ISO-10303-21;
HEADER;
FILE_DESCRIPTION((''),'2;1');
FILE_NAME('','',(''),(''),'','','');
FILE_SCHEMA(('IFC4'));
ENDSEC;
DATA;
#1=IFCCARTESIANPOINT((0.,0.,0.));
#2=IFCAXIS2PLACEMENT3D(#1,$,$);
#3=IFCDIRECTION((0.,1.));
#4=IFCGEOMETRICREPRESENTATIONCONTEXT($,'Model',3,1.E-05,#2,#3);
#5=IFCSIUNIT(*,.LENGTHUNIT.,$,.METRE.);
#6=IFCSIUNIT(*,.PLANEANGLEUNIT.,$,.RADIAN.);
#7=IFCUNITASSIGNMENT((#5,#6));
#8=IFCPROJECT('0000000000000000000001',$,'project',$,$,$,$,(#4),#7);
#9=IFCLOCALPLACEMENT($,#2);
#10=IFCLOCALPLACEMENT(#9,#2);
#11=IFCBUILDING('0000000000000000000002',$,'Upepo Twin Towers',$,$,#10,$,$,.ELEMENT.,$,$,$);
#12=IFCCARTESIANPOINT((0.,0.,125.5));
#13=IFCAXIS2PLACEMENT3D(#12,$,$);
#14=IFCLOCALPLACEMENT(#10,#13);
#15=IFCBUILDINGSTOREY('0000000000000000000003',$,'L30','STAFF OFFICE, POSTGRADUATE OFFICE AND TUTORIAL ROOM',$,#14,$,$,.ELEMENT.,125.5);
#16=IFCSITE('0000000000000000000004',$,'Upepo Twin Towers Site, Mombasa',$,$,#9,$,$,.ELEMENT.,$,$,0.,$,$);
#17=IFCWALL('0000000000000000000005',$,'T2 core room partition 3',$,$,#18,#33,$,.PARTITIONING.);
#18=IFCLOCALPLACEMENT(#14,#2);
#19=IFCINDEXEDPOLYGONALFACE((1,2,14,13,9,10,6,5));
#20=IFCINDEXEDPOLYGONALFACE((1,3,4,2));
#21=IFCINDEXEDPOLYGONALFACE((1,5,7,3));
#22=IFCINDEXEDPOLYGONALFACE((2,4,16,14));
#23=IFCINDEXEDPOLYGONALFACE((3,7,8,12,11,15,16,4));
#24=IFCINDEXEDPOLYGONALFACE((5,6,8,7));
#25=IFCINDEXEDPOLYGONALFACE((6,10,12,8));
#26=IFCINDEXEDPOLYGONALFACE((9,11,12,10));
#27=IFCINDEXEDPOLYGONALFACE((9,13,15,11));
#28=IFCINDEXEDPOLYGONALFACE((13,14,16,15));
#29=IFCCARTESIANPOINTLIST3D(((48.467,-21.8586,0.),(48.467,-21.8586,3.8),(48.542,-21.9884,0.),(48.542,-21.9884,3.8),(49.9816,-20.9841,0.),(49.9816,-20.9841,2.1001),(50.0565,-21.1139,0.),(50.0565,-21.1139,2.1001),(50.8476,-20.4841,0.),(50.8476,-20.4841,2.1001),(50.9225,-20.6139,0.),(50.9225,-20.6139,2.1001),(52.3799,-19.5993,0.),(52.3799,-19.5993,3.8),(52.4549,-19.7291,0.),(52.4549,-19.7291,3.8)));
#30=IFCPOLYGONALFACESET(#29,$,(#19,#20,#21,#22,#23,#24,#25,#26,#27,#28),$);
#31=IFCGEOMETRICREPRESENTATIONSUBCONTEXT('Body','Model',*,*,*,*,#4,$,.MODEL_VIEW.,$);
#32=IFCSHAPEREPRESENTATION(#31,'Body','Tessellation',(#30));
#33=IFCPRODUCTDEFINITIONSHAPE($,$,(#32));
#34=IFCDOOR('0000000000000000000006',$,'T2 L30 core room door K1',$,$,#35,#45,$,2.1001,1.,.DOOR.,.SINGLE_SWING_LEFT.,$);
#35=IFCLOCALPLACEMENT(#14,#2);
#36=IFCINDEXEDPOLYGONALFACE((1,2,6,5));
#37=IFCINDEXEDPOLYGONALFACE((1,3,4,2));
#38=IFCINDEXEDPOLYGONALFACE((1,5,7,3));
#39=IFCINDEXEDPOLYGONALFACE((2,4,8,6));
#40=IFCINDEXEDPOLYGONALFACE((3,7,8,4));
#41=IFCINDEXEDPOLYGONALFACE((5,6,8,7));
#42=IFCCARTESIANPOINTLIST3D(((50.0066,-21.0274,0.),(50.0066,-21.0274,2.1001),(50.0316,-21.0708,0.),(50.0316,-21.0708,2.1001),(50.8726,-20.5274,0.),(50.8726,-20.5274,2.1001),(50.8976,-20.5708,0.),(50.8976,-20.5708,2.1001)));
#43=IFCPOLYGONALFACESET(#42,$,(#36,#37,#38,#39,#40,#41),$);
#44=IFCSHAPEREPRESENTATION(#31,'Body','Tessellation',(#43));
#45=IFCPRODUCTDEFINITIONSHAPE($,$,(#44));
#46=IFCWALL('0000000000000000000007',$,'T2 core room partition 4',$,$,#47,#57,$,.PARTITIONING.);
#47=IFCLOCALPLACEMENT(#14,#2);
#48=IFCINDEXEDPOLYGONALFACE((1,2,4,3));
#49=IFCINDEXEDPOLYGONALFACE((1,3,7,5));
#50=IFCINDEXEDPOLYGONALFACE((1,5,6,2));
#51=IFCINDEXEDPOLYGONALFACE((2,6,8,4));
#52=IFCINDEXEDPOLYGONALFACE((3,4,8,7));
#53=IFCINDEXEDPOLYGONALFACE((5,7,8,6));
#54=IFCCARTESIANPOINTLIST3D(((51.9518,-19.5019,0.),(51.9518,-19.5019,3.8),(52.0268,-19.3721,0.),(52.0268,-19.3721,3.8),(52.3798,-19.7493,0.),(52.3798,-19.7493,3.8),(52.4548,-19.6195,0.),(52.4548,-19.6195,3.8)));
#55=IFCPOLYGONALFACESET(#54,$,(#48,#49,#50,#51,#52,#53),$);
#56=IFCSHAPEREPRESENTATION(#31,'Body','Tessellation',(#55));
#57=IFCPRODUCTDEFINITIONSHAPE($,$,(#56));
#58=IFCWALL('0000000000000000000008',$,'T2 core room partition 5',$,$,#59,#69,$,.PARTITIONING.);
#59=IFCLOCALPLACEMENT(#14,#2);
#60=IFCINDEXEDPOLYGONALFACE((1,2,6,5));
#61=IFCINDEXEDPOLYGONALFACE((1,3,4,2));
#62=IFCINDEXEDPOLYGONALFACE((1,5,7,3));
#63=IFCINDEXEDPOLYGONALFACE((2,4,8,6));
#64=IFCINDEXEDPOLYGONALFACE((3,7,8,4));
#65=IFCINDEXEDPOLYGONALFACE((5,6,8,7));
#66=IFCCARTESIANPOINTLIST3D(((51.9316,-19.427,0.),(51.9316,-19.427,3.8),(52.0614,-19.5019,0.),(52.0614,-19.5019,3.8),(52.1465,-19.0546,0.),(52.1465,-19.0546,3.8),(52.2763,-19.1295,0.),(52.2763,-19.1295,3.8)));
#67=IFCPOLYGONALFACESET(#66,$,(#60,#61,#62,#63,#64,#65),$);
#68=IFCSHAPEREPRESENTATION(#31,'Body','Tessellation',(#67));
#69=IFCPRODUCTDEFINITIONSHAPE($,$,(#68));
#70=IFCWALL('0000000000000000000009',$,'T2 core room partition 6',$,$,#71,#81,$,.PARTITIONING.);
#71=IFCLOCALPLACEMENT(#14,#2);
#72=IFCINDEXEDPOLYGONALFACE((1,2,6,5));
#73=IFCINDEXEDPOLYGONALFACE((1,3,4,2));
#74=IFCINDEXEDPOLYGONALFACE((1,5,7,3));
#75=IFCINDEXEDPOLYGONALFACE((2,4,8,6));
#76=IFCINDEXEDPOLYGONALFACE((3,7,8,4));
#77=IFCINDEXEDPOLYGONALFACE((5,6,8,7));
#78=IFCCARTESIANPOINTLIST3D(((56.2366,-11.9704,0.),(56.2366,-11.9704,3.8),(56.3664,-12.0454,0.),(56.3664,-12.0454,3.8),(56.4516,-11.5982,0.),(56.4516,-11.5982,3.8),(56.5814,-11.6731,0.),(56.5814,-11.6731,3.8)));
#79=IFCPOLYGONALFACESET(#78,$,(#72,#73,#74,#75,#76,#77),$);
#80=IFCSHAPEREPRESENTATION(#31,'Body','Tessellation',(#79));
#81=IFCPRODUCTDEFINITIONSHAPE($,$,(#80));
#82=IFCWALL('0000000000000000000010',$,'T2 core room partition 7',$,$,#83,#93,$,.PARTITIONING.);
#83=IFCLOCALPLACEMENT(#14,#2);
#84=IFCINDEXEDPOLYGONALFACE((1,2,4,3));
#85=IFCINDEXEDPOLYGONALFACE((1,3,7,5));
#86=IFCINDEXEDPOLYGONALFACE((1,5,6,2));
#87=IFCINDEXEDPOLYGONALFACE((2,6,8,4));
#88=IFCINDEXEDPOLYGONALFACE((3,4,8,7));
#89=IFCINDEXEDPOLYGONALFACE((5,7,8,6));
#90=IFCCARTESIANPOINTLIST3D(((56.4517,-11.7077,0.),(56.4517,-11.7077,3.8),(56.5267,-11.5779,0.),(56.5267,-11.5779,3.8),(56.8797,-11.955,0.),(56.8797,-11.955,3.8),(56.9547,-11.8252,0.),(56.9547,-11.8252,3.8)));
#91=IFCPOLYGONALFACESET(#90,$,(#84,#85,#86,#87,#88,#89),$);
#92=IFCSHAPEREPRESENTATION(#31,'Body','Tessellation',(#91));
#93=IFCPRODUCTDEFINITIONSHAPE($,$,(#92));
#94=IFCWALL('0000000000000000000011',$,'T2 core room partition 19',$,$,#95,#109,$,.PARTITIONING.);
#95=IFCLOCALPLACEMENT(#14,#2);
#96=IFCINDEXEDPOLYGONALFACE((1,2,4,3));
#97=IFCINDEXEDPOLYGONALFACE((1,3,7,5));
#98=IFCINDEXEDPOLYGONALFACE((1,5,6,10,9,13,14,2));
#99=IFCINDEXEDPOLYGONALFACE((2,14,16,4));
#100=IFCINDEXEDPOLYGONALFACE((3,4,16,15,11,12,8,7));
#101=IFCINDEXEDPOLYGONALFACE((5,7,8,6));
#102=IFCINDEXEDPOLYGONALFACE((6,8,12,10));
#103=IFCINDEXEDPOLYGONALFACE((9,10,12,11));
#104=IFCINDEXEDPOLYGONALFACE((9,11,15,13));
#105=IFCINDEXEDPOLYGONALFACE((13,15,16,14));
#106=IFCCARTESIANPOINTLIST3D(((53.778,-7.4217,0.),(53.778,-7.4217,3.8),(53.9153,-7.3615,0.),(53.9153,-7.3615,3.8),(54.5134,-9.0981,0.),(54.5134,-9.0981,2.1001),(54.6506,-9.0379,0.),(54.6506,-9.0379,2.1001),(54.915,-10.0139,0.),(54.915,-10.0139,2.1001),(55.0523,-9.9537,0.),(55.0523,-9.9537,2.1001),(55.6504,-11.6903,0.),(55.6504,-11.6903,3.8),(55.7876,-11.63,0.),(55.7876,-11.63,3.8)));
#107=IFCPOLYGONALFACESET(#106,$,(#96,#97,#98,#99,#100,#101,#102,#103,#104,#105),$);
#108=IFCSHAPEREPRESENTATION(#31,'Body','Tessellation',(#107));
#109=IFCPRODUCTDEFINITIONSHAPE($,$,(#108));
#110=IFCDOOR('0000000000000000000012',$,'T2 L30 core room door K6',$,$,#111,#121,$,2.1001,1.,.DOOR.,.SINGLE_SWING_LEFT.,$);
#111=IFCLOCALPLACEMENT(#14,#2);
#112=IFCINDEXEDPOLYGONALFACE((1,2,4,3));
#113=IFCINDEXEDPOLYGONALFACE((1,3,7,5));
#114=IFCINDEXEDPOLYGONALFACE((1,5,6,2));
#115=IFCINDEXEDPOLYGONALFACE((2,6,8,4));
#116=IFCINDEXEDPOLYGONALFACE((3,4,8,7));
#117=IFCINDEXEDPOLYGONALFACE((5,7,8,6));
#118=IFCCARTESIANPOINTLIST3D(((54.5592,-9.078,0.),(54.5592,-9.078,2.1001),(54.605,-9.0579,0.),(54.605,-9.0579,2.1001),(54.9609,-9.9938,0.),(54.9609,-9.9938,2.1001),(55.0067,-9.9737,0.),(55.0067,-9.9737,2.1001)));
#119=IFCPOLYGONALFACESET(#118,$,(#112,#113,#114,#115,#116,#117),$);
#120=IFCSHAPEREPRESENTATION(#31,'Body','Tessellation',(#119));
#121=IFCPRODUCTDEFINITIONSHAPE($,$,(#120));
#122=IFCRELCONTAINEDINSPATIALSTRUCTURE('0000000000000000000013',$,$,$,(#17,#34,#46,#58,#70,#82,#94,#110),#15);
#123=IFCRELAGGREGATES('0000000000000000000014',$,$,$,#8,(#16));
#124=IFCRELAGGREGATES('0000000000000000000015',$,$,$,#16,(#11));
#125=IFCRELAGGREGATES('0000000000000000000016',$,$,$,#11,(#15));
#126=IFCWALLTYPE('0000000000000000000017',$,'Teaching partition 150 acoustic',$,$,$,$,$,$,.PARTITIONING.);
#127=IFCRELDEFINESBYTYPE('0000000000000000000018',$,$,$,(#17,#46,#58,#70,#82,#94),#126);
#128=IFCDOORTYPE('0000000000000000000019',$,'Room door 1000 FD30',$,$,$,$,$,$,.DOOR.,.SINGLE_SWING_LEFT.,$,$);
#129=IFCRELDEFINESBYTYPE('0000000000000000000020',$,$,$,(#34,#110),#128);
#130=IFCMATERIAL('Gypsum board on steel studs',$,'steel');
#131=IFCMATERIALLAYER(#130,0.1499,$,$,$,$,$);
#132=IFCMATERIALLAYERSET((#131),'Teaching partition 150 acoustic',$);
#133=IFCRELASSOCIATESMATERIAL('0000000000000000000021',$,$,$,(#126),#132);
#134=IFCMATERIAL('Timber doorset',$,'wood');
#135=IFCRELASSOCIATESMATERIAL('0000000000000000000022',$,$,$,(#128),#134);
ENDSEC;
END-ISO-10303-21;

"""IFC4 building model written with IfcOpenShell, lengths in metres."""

from ifc_helpers import new_model, si_unit, direction, frame, frame_2d, origin, place, context, subcontext, project, spatial, rectangle, extrude, material, layer, layer_set, type_object, element, fill, save


model = new_model("IFC4")

# Units and contexts
model_context = context("Model", 3, precision=1e-05, world=origin(), true_north=direction((0.0, 1.0)))
body_context = subcontext(model_context, "Body", "Model", "MODEL_VIEW")
ifc_project = project(units=[si_unit("LENGTHUNIT", "METRE"), si_unit("PLANEANGLEUNIT", "RADIAN")], contexts=[model_context])

# Site, building, storey
site_placement = place(None, origin())
site = spatial("IfcSite", under=ifc_project, at=site_placement, Name="Upepo Twin Towers Site, Mombasa", CompositionType="ELEMENT", RefElevation=0.0)
building_placement = place(site_placement, origin())
building = spatial("IfcBuilding", under=site, at=building_placement, Name="Upepo Twin Towers", CompositionType="ELEMENT")
storey_placement = place(building_placement, frame((0.0, 0.0, 125.5)))
storey = spatial("IfcBuildingStorey", under=building, at=storey_placement, Name="L30", Description="STAFF OFFICE, POSTGRADUATE OFFICE AND TUTORIAL ROOM", CompositionType="ELEMENT", Elevation=125.5)

# Wall, opening, door
ifc_material_1 = material(Name="Gypsum board on steel studs", Category="steel")
ifc_layer_1 = layer(ifc_material_1, 0.1499)
ifc_layer_set_1 = layer_set([ifc_layer_1], Name="Teaching partition 150 acoustic")
wall_type_1 = type_object("IfcWallType", Name="Teaching partition 150 acoustic", PredefinedType="PARTITIONING", material=ifc_layer_set_1)
wall_1_placement = place(storey_placement, frame((48.5044, -21.9236, 0.0), z_axis=(0.0, 0.0, 1.0), x_axis=(0.866007, 0.500033, 0.0)))
wall_1 = element("IfcWall", 1, at=wall_1_placement, inside=storey, type_object=wall_type_1, Name="T2 core room partition 3", PredefinedType="PARTITIONING", context=body_context, shape_type="SweptSolid", body=[
    extrude(rectangle(XDim=4.5183, YDim=0.1499, at=frame_2d((2.2593, 0.0))), origin(), (0.0, 0.0, 1.0), 3.8),
])
opening_1_placement = place(wall_1_placement, frame((1.749, 0.0, 0.0)))
opening_1 = element("IfcOpeningElement", 2, at=opening_1_placement, cuts=wall_1, PredefinedType="OPENING", context=body_context, shape_type="SweptSolid", body=[
    extrude(rectangle(XDim=1.0, YDim=2.1001, at=frame_2d((0.5, 1.05))), frame((0.0, 0.085, 0.0), z_axis=(0.0, -1.0, 0.0), x_axis=(1.0, 0.0, 0.0)), (0.0, 0.0, 1.0), 0.1699),
])
ifc_material_2 = material(Name="Timber doorset", Category="wood")
door_type_1 = type_object("IfcDoorType", Name="Room door 1000 FD30", OperationType="SINGLE_SWING_LEFT", PredefinedType="DOOR", material=ifc_material_2)
door_1_placement = place(opening_1_placement, origin())
door_1 = element("IfcDoor", 3, at=door_1_placement, inside=storey, type_object=door_type_1, Name="T2 L30 core room door K1", OperationType="SINGLE_SWING_LEFT", OverallHeight=2.1001, OverallWidth=1.0, PredefinedType="DOOR", context=body_context, shape_type="SweptSolid", body=[
    extrude(rectangle(XDim=1.0, YDim=2.1001, at=frame_2d((0.5, 1.05))), frame((0.0, 0.0249, 0.0), z_axis=(0.0, -1.0, 0.0), x_axis=(1.0, 0.0, 0.0)), (0.0, 0.0, 1.0), 0.05),
])
fill(opening_1, door_1)

# Walls
wall_2_placement = place(storey_placement, frame((52.4172, -19.6843, 0.0), z_axis=(0.0, 0.0, 1.0), x_axis=(-0.865832, 0.500335, 0.0)))
element("IfcWall", 4, at=wall_2_placement, inside=storey, type_object=wall_type_1, Name="T2 core room partition 4", PredefinedType="PARTITIONING", context=body_context, shape_type="SweptSolid", body=[
    extrude(rectangle(XDim=0.4944, YDim=0.1499, at=frame_2d((0.2471, 0.0))), origin(), (0.0, 0.0, 1.0), 3.8),
])
for number, where, z_axis, x_axis, name in (
    (5, (51.9966, -19.4644, 0.0), (0.0, 0.0, 1.0), (0.499804, 0.866138, 0.0), "T2 core room partition 5"),
    (6, (56.3015, -12.0078, 0.0), (0.0, 0.0, 1.0), (0.50023, 0.865892, 0.0), "T2 core room partition 6"),
):
    element("IfcWall", number, at=place(storey_placement, frame(where, z_axis=z_axis, x_axis=x_axis)), inside=storey, type_object=wall_type_1, Name=name, PredefinedType="PARTITIONING", context=body_context, shape_type="SweptSolid", body=[
        extrude(rectangle(XDim=0.4299, YDim=0.1499, at=frame_2d((0.2148, 0.0))), origin(), (0.0, 0.0, 1.0), 3.8),
    ])
wall_3_placement = place(storey_placement, frame((56.4893, -11.6428, 0.0), z_axis=(0.0, 0.0, 1.0), x_axis=(0.865832, -0.500335, 0.0)))
element("IfcWall", 7, at=wall_3_placement, inside=storey, type_object=wall_type_1, Name="T2 core room partition 7", PredefinedType="PARTITIONING", context=body_context, shape_type="SweptSolid", body=[
    extrude(rectangle(XDim=0.4944, YDim=0.1499, at=frame_2d((0.2471, 0.0))), origin(), (0.0, 0.0, 1.0), 3.8),
])

# Wall, opening, door
wall_4_placement = place(storey_placement, frame((55.719, -11.6602, 0.0), z_axis=(0.0, 0.0, 1.0), x_axis=(-0.401687, 0.915777, 0.0)))
wall_4 = element("IfcWall", 8, at=wall_4_placement, inside=storey, type_object=wall_type_1, Name="T2 core room partition 19", PredefinedType="PARTITIONING", context=body_context, shape_type="SweptSolid", body=[
    extrude(rectangle(XDim=4.6611, YDim=0.1499, at=frame_2d((2.3306, 0.0))), origin(), (0.0, 0.0, 1.0), 3.8),
])
opening_2_placement = place(wall_4_placement, frame((1.8306, 0.0, 0.0)))
opening_2 = element("IfcOpeningElement", 9, at=opening_2_placement, cuts=wall_4, PredefinedType="OPENING", context=body_context, shape_type="SweptSolid", body=[
    extrude(rectangle(XDim=1.0, YDim=2.1001, at=frame_2d((0.5, 1.05))), frame((0.0, 0.085, 0.0), z_axis=(0.0, -1.0, 0.0), x_axis=(1.0, 0.0, 0.0)), (0.0, 0.0, 1.0), 0.1699),
])
door_2_placement = place(opening_2_placement, origin())
door_2 = element("IfcDoor", 10, at=door_2_placement, inside=storey, type_object=door_type_1, Name="T2 L30 core room door K6", OperationType="SINGLE_SWING_LEFT", OverallHeight=2.1001, OverallWidth=1.0, PredefinedType="DOOR", context=body_context, shape_type="SweptSolid", body=[
    extrude(rectangle(XDim=1.0, YDim=2.1001, at=frame_2d((0.5, 1.05))), frame((0.0, 0.0249, 0.0), z_axis=(0.0, -1.0, 0.0), x_axis=(1.0, 0.0, 0.0)), (0.0, 0.0, 1.0), 0.05),
])
fill(opening_2, door_2)

save(model, "model.ifc")
